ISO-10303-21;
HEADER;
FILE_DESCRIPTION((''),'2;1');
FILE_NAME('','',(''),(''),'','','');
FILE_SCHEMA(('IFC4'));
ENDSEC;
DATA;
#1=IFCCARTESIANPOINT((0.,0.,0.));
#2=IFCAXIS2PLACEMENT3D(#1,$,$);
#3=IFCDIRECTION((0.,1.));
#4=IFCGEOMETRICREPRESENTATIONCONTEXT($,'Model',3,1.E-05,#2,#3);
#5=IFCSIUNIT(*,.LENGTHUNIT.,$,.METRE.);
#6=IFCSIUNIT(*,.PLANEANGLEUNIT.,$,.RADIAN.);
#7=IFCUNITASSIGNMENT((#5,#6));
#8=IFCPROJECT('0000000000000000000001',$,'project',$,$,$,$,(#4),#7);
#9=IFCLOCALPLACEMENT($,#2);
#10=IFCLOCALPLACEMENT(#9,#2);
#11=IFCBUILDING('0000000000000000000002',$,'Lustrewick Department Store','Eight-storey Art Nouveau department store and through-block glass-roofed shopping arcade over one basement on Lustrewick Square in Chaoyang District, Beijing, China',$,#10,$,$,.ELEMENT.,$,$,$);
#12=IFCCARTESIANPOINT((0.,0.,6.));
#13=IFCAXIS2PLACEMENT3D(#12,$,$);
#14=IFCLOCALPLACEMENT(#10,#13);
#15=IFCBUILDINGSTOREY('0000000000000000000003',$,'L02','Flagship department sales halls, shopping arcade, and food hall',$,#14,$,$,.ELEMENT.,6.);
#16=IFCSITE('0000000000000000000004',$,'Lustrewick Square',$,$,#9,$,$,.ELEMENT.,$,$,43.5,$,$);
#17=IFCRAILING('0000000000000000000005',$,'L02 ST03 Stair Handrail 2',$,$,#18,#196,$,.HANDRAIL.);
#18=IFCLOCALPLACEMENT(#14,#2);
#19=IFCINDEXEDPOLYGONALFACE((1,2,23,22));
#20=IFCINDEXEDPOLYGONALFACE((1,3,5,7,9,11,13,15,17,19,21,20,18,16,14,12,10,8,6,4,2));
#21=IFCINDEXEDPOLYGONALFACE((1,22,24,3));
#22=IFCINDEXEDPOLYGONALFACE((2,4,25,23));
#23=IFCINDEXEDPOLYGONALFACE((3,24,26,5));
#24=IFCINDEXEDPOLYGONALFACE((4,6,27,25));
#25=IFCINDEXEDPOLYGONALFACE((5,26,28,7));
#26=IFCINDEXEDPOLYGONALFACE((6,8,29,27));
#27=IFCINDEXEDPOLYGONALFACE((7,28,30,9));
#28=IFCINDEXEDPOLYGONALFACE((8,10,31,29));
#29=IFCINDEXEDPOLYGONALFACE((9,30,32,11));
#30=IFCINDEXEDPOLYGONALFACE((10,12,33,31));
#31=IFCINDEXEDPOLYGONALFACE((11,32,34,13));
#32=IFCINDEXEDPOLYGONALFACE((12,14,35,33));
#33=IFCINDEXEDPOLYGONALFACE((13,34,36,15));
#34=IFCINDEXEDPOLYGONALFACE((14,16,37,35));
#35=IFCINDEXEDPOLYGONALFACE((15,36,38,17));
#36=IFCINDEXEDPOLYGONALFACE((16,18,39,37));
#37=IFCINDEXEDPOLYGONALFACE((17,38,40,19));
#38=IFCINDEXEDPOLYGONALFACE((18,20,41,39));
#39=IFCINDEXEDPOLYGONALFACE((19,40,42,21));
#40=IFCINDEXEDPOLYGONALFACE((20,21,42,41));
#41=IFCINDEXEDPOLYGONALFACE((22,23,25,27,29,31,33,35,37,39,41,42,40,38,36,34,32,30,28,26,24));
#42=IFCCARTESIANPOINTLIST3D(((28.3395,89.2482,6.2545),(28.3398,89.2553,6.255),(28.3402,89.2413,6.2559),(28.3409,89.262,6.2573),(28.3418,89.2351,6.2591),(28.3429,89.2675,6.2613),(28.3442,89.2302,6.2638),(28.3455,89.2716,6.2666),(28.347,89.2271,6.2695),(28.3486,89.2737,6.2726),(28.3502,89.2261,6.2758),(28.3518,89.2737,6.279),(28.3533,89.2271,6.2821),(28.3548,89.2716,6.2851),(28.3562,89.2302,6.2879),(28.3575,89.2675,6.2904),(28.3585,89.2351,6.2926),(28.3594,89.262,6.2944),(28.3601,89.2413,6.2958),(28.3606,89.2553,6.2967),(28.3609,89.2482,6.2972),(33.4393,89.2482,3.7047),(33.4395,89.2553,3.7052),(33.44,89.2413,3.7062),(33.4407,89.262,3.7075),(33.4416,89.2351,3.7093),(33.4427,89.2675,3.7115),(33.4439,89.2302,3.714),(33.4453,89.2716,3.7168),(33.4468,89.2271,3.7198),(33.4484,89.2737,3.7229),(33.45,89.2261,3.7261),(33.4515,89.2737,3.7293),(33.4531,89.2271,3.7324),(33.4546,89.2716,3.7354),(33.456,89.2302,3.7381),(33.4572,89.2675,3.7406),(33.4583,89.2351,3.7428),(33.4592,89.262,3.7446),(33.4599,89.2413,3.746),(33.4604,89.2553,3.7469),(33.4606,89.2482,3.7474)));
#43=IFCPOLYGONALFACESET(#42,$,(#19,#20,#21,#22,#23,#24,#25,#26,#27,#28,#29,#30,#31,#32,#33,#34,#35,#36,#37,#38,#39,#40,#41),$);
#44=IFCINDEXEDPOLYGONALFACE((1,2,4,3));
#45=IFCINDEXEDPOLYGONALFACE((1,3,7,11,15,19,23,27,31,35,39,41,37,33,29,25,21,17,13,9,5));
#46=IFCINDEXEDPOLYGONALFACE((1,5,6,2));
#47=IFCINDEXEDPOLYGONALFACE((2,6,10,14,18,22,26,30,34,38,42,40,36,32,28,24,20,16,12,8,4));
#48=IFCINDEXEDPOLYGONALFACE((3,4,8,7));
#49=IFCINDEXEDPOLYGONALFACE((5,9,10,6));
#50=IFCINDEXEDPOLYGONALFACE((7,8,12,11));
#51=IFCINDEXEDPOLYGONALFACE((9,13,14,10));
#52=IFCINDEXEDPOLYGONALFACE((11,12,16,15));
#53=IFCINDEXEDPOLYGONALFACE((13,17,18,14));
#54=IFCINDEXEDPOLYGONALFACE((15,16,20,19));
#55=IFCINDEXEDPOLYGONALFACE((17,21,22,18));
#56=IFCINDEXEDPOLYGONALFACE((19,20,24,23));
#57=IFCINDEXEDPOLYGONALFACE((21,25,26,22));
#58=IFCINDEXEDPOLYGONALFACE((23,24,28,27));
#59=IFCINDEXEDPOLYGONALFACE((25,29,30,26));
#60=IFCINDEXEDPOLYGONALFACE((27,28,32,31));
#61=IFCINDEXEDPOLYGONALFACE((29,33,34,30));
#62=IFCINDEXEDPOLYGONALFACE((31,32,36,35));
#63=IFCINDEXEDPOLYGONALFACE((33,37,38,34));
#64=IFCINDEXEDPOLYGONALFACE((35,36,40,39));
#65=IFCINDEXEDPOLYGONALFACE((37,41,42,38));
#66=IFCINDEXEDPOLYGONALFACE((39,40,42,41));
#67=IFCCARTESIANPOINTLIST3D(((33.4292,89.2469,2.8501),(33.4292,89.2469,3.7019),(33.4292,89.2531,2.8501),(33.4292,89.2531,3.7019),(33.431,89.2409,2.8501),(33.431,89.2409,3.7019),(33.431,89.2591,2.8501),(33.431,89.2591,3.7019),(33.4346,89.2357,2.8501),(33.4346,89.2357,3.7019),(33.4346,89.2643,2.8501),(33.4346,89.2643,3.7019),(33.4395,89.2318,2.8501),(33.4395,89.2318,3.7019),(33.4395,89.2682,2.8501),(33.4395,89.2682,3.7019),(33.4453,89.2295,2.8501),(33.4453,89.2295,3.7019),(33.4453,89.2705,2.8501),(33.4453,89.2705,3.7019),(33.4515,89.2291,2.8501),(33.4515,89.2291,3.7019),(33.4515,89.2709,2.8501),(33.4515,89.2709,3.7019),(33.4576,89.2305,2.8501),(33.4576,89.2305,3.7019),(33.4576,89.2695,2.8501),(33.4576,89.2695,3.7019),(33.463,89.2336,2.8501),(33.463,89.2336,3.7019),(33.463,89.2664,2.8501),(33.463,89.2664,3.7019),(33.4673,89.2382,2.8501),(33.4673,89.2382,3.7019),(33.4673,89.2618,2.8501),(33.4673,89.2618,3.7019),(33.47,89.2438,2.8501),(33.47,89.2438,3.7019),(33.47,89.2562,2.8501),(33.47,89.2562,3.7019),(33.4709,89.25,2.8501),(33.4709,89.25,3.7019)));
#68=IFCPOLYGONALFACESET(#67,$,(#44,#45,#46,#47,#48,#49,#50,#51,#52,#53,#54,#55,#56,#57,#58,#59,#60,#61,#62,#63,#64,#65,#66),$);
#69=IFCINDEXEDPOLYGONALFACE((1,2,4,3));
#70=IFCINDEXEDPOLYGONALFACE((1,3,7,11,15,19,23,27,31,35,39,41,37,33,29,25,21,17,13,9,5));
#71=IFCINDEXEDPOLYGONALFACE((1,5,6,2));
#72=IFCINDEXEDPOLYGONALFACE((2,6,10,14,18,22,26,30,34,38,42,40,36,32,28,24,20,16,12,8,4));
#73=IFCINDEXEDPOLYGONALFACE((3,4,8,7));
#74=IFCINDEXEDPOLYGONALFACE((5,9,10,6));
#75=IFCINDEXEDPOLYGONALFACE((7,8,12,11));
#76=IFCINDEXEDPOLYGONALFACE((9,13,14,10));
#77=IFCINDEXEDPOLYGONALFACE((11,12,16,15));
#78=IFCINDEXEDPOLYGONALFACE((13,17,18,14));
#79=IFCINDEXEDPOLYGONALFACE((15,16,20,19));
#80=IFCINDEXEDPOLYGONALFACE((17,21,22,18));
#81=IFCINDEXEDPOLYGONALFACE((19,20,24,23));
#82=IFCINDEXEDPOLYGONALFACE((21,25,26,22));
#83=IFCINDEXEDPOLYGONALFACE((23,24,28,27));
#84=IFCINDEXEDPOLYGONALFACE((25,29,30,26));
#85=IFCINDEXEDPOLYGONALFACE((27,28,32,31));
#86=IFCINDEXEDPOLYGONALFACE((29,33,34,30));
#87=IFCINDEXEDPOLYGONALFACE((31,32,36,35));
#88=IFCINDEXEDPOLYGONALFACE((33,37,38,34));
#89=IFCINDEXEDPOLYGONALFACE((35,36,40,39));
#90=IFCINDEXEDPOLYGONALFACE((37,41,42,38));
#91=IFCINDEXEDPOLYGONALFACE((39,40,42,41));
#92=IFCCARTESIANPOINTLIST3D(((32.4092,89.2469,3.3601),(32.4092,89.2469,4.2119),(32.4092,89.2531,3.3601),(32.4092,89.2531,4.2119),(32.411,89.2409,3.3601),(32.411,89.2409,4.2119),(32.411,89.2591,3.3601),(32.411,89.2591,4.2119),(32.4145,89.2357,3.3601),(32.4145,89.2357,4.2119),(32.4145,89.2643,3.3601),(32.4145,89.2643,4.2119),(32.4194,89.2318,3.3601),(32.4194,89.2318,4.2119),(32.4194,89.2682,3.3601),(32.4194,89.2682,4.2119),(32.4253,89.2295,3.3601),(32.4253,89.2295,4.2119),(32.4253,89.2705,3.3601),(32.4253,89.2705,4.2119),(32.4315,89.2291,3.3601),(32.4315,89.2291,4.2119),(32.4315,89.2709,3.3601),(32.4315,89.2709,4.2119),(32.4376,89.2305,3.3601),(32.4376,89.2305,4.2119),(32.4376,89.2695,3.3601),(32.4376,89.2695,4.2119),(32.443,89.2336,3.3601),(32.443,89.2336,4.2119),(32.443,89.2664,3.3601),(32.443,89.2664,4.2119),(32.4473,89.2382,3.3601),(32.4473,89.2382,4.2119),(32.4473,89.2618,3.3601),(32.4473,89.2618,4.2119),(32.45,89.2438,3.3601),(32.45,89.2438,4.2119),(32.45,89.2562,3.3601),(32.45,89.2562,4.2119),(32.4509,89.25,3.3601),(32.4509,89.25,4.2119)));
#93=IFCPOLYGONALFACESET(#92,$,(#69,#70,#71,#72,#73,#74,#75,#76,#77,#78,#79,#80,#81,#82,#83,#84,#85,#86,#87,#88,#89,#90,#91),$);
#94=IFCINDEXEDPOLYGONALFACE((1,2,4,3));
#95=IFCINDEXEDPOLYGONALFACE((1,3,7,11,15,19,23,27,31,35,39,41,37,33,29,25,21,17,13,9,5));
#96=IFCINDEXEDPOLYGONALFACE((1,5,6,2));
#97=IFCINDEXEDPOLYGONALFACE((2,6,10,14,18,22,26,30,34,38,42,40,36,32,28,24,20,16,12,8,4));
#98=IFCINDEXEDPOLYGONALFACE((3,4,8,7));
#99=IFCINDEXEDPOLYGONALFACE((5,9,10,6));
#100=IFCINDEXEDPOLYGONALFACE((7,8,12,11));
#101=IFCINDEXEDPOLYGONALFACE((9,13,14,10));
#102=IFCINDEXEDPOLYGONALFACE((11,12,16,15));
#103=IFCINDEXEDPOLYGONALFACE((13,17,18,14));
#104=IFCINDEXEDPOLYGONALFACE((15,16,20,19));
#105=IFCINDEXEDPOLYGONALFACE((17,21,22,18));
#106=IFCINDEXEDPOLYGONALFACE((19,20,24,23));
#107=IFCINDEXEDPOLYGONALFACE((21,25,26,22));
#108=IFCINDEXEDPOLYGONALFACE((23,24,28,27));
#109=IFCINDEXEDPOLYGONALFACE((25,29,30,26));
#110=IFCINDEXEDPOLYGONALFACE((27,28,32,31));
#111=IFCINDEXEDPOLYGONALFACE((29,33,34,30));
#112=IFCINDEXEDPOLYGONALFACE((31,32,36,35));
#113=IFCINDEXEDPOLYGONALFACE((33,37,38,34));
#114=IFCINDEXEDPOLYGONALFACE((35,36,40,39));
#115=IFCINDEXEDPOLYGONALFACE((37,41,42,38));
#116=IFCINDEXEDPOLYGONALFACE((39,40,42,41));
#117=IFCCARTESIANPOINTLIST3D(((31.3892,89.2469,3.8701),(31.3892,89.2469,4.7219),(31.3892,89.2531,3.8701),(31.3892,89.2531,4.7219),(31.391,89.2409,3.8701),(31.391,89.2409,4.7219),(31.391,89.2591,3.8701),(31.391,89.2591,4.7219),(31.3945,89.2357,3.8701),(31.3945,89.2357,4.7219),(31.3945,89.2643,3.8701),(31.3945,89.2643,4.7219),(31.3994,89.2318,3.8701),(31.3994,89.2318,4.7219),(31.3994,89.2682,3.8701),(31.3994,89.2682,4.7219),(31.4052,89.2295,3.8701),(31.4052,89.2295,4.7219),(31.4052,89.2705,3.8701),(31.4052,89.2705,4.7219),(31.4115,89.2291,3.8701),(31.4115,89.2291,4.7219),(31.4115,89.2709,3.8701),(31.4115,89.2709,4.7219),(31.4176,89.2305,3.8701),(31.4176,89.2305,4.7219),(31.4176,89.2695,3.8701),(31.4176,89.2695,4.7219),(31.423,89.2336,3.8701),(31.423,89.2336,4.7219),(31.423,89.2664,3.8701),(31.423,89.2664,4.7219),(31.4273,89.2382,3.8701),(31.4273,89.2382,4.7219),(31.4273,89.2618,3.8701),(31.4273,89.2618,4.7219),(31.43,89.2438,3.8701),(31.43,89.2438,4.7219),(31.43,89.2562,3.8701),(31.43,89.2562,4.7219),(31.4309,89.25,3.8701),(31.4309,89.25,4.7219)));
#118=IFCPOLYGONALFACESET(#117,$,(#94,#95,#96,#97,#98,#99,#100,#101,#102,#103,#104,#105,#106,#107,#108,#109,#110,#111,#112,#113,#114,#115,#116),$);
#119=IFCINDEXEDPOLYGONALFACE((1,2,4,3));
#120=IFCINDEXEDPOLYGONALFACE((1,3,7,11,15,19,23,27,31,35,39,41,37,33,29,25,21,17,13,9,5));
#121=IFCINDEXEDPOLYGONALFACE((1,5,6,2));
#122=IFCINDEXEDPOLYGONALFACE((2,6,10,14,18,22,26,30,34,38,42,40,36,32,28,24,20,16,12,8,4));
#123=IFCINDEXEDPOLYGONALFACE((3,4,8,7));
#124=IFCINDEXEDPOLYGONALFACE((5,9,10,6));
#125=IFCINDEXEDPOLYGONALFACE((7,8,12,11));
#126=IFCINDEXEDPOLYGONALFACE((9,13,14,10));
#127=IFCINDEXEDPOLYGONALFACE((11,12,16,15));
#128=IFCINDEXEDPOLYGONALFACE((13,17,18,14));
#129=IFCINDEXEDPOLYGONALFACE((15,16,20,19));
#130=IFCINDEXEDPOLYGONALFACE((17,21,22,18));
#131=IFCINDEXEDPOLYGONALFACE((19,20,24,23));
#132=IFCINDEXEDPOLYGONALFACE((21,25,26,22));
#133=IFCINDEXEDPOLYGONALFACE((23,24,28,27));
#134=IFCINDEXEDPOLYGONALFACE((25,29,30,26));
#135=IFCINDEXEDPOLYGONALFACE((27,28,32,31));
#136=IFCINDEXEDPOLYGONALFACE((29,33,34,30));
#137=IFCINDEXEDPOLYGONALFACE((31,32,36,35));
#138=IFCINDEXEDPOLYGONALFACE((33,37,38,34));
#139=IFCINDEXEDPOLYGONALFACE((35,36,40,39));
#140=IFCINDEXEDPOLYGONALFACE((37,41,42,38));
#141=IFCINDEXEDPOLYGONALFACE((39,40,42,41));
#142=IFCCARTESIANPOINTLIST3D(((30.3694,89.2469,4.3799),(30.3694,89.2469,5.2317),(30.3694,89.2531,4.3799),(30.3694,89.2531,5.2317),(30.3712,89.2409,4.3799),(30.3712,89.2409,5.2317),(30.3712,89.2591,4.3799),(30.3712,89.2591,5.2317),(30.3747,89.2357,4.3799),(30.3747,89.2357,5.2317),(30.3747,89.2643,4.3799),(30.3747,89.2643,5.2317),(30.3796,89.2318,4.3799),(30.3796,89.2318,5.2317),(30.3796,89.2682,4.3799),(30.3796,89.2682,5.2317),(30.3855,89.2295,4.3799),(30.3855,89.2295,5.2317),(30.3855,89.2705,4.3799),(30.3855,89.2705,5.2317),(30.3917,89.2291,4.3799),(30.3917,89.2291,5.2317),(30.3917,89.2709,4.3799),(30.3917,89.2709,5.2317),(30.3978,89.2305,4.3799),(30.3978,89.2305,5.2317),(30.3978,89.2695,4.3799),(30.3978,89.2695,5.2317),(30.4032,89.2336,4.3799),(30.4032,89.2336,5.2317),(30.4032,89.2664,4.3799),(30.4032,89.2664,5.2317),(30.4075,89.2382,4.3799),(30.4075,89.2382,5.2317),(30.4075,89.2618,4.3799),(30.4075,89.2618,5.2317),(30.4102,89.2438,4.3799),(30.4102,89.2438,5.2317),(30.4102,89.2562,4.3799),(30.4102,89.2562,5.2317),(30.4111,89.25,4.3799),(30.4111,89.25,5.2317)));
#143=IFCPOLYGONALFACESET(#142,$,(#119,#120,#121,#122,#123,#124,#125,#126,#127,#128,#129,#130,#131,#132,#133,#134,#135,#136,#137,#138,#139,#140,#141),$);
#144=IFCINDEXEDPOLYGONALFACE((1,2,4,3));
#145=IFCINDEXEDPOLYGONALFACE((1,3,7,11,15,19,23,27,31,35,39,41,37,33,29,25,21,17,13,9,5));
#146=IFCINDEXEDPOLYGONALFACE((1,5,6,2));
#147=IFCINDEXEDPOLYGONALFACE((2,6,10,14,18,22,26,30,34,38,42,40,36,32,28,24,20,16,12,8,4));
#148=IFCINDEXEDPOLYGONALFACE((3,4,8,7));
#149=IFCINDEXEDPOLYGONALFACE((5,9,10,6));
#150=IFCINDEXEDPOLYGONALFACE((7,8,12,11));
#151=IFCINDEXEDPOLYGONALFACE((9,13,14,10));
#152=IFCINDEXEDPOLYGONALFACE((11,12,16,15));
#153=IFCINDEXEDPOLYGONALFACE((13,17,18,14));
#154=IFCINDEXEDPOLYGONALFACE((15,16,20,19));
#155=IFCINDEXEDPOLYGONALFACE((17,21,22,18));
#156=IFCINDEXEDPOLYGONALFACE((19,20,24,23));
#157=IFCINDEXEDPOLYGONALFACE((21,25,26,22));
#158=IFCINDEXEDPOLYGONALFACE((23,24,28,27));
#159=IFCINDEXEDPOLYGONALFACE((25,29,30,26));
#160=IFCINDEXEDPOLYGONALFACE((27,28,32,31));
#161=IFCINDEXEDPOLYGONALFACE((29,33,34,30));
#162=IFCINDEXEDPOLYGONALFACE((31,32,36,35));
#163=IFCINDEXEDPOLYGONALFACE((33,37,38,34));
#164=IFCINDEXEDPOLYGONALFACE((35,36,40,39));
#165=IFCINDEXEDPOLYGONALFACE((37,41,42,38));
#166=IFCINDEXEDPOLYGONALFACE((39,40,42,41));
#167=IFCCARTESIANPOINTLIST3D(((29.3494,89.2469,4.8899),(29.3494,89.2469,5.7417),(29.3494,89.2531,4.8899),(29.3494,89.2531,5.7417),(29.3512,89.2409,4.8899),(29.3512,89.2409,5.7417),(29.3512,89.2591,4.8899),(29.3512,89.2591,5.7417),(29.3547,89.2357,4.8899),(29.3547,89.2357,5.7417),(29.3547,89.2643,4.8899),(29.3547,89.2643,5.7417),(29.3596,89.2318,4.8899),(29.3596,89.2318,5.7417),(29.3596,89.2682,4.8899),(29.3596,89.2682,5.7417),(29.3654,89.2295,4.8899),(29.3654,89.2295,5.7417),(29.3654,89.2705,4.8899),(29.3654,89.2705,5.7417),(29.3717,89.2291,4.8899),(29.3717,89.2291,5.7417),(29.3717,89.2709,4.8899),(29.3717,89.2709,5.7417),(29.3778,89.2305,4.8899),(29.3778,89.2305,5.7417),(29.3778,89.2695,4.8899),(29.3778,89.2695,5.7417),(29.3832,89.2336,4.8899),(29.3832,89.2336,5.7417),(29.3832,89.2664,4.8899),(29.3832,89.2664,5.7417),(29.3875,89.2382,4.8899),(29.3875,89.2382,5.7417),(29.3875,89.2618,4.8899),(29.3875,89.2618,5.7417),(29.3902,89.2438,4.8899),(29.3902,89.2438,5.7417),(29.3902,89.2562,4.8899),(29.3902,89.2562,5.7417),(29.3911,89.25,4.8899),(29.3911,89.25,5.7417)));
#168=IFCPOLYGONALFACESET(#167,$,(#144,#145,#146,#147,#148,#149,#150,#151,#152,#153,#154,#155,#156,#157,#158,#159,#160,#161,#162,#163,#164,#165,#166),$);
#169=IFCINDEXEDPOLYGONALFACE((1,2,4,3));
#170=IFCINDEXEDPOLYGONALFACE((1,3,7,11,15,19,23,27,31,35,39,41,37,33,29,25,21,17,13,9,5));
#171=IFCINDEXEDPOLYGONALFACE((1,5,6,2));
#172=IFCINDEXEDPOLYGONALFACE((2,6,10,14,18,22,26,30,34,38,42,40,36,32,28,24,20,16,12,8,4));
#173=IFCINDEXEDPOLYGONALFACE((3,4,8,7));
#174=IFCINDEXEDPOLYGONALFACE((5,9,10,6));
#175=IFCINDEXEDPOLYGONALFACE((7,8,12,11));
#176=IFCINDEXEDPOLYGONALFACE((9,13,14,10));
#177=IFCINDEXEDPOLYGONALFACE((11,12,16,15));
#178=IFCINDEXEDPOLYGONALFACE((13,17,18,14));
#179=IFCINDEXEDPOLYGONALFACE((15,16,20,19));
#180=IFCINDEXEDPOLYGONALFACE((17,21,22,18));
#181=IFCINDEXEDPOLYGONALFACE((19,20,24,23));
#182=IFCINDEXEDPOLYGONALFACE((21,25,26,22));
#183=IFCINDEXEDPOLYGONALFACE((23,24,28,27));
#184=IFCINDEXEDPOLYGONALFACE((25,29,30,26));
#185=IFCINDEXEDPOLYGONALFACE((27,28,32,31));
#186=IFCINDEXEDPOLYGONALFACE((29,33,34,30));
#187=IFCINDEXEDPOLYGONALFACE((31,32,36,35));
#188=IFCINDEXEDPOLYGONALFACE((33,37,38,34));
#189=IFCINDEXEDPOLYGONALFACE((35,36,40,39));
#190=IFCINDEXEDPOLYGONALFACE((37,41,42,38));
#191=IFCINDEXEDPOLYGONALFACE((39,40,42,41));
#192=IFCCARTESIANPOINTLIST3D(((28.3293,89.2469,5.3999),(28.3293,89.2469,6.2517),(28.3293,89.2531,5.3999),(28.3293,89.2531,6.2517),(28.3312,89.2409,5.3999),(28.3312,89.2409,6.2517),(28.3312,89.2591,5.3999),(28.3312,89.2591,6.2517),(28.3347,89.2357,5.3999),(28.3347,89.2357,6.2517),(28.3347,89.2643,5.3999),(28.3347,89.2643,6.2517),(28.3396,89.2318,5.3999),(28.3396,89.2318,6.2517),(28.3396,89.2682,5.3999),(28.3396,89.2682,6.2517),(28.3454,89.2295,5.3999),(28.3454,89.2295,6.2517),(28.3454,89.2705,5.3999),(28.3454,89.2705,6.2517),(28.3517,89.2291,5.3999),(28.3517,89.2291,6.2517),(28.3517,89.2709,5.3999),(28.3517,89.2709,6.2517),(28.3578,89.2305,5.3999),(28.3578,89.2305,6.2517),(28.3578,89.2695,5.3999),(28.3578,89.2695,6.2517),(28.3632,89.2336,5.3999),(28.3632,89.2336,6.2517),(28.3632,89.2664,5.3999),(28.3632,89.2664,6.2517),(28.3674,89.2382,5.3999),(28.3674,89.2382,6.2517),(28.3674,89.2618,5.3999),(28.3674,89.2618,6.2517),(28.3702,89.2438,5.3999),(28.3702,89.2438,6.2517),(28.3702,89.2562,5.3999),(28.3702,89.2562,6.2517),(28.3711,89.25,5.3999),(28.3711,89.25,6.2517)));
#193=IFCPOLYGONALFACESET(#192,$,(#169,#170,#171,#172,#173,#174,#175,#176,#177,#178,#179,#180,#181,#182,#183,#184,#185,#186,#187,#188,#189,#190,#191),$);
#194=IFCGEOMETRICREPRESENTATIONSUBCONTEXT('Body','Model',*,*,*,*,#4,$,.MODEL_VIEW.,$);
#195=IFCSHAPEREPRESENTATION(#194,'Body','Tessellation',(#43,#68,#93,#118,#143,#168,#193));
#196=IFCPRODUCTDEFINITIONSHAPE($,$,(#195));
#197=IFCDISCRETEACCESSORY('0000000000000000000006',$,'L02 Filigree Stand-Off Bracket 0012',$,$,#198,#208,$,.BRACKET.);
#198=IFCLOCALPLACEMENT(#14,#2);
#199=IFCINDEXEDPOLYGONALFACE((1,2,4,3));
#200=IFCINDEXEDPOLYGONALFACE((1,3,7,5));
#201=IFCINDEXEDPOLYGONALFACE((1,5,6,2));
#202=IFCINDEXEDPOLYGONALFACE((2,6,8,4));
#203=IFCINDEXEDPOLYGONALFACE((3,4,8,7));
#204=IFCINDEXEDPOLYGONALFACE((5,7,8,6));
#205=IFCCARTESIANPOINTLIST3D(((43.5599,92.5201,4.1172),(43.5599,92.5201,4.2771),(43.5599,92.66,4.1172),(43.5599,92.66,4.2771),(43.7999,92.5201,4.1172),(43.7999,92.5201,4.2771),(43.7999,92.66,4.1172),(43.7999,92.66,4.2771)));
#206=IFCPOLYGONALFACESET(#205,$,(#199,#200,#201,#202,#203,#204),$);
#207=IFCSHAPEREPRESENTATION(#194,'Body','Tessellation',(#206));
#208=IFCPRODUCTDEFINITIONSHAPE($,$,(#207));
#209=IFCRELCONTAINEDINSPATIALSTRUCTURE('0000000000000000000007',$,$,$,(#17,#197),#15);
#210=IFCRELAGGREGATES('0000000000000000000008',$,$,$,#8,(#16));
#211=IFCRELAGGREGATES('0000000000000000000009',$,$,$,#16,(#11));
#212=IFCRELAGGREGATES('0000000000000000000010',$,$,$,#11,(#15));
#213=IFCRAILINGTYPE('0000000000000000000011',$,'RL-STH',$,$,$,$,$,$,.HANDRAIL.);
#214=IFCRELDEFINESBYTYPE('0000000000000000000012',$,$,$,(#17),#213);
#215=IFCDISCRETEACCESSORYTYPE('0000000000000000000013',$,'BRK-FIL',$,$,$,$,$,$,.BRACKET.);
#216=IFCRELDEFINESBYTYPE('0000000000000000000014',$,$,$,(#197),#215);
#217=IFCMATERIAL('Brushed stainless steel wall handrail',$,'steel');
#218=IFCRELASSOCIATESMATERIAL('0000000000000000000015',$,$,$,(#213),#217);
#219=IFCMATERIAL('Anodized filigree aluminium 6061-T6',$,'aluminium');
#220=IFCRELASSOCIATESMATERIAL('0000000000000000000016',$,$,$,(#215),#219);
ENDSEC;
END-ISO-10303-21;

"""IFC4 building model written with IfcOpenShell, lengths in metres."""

from ifc_helpers import new_model, si_unit, direction, frame, origin, origin_2d, place, context, subcontext, project, spatial, rectangle, circle, extrude, material, type_object, element, save


model = new_model("IFC4")

# Units and contexts
model_context = context("Model", 3, precision=1e-05, world=origin(), true_north=direction((0.0, 1.0)))
body_context = subcontext(model_context, "Body", "Model", "MODEL_VIEW")
ifc_project = project(units=[si_unit("LENGTHUNIT", "METRE"), si_unit("PLANEANGLEUNIT", "RADIAN")], contexts=[model_context])

# Site, building, storey
site_placement = place(None, origin())
site = spatial("IfcSite", under=ifc_project, at=site_placement, Name="Lustrewick Square", CompositionType="ELEMENT", RefElevation=43.5)
building_placement = place(site_placement, origin())
building = spatial("IfcBuilding", under=site, at=building_placement, Name="Lustrewick Department Store", Description="Eight-storey Art Nouveau department store and through-block glass-roofed shopping arcade over one basement on Lustrewick Square in Chaoyang District, Beijing, China", CompositionType="ELEMENT")
storey_placement = place(building_placement, frame((0.0, 0.0, 6.0)))
storey = spatial("IfcBuildingStorey", under=building, at=storey_placement, Name="L02", Description="Flagship department sales halls, shopping arcade, and food hall", CompositionType="ELEMENT", Elevation=6.0)

# Railing
ifc_material_1 = material(Name="Brushed stainless steel wall handrail", Category="steel")
railing_type_1 = type_object("IfcRailingType", Name="RL-STH", PredefinedType="HANDRAIL", material=ifc_material_1)
railing_1_placement = place(storey_placement, frame((33.45, 89.25, 2.8501)))
element("IfcRailing", 1, at=railing_1_placement, inside=storey, type_object=railing_type_1, Name="L02 ST03 Stair Handrail 2", PredefinedType="HANDRAIL", context=body_context, shape_type="SweptSolid", body=[
    extrude(circle(Radius=0.0239, at=origin_2d()), frame((0.0, 0.0, 0.876), z_axis=(-0.894436, 0.0, 0.447196), x_axis=(0.0, -1.0, 0.0)), (0.0, 0.0, 1.0), 5.7017),
    extrude(circle(Radius=0.021, at=origin_2d()), origin(), (0.0, 0.0, 1.0), 0.8518),
    extrude(circle(Radius=0.021, at=origin_2d()), frame((-1.02, 0.0, 0.51)), (0.0, 0.0, 1.0), 0.8518),
    extrude(circle(Radius=0.021, at=origin_2d()), frame((-2.04, 0.0, 1.02)), (0.0, 0.0, 1.0), 0.8518),
    extrude(circle(Radius=0.021, at=origin_2d()), frame((-3.0598, 0.0, 1.5298)), (0.0, 0.0, 1.0), 0.8518),
    extrude(circle(Radius=0.021, at=origin_2d()), frame((-4.0798, 0.0, 2.0398)), (0.0, 0.0, 1.0), 0.8518),
    extrude(circle(Radius=0.021, at=origin_2d()), frame((-5.0999, 0.0, 2.5498)), (0.0, 0.0, 1.0), 0.8518),
])

# Discrete accessory
ifc_material_2 = material(Name="Anodized filigree aluminium 6061-T6", Category="aluminium")
discrete_accessory_type = type_object("IfcDiscreteAccessoryType", Name="BRK-FIL", PredefinedType="BRACKET", material=ifc_material_2)
for number, where, z_axis, x_axis, name in (
    (2, (43.6799, 92.5901, 4.1172), (0.0, 0.0, 1.0), (-1.0, 0.0, 0.0), "L02 Filigree Stand-Off Bracket 0012"),
):
    element("IfcDiscreteAccessory", number, at=place(storey_placement, frame(where, z_axis=z_axis, x_axis=x_axis)), inside=storey, type_object=discrete_accessory_type, Name=name, PredefinedType="BRACKET", context=body_context, shape_type="SweptSolid", body=[
        extrude(rectangle(XDim=0.24, YDim=0.1399, at=origin_2d()), origin(), (0.0, 0.0, 1.0), 0.1599),
    ])

save(model, "model.ifc")
